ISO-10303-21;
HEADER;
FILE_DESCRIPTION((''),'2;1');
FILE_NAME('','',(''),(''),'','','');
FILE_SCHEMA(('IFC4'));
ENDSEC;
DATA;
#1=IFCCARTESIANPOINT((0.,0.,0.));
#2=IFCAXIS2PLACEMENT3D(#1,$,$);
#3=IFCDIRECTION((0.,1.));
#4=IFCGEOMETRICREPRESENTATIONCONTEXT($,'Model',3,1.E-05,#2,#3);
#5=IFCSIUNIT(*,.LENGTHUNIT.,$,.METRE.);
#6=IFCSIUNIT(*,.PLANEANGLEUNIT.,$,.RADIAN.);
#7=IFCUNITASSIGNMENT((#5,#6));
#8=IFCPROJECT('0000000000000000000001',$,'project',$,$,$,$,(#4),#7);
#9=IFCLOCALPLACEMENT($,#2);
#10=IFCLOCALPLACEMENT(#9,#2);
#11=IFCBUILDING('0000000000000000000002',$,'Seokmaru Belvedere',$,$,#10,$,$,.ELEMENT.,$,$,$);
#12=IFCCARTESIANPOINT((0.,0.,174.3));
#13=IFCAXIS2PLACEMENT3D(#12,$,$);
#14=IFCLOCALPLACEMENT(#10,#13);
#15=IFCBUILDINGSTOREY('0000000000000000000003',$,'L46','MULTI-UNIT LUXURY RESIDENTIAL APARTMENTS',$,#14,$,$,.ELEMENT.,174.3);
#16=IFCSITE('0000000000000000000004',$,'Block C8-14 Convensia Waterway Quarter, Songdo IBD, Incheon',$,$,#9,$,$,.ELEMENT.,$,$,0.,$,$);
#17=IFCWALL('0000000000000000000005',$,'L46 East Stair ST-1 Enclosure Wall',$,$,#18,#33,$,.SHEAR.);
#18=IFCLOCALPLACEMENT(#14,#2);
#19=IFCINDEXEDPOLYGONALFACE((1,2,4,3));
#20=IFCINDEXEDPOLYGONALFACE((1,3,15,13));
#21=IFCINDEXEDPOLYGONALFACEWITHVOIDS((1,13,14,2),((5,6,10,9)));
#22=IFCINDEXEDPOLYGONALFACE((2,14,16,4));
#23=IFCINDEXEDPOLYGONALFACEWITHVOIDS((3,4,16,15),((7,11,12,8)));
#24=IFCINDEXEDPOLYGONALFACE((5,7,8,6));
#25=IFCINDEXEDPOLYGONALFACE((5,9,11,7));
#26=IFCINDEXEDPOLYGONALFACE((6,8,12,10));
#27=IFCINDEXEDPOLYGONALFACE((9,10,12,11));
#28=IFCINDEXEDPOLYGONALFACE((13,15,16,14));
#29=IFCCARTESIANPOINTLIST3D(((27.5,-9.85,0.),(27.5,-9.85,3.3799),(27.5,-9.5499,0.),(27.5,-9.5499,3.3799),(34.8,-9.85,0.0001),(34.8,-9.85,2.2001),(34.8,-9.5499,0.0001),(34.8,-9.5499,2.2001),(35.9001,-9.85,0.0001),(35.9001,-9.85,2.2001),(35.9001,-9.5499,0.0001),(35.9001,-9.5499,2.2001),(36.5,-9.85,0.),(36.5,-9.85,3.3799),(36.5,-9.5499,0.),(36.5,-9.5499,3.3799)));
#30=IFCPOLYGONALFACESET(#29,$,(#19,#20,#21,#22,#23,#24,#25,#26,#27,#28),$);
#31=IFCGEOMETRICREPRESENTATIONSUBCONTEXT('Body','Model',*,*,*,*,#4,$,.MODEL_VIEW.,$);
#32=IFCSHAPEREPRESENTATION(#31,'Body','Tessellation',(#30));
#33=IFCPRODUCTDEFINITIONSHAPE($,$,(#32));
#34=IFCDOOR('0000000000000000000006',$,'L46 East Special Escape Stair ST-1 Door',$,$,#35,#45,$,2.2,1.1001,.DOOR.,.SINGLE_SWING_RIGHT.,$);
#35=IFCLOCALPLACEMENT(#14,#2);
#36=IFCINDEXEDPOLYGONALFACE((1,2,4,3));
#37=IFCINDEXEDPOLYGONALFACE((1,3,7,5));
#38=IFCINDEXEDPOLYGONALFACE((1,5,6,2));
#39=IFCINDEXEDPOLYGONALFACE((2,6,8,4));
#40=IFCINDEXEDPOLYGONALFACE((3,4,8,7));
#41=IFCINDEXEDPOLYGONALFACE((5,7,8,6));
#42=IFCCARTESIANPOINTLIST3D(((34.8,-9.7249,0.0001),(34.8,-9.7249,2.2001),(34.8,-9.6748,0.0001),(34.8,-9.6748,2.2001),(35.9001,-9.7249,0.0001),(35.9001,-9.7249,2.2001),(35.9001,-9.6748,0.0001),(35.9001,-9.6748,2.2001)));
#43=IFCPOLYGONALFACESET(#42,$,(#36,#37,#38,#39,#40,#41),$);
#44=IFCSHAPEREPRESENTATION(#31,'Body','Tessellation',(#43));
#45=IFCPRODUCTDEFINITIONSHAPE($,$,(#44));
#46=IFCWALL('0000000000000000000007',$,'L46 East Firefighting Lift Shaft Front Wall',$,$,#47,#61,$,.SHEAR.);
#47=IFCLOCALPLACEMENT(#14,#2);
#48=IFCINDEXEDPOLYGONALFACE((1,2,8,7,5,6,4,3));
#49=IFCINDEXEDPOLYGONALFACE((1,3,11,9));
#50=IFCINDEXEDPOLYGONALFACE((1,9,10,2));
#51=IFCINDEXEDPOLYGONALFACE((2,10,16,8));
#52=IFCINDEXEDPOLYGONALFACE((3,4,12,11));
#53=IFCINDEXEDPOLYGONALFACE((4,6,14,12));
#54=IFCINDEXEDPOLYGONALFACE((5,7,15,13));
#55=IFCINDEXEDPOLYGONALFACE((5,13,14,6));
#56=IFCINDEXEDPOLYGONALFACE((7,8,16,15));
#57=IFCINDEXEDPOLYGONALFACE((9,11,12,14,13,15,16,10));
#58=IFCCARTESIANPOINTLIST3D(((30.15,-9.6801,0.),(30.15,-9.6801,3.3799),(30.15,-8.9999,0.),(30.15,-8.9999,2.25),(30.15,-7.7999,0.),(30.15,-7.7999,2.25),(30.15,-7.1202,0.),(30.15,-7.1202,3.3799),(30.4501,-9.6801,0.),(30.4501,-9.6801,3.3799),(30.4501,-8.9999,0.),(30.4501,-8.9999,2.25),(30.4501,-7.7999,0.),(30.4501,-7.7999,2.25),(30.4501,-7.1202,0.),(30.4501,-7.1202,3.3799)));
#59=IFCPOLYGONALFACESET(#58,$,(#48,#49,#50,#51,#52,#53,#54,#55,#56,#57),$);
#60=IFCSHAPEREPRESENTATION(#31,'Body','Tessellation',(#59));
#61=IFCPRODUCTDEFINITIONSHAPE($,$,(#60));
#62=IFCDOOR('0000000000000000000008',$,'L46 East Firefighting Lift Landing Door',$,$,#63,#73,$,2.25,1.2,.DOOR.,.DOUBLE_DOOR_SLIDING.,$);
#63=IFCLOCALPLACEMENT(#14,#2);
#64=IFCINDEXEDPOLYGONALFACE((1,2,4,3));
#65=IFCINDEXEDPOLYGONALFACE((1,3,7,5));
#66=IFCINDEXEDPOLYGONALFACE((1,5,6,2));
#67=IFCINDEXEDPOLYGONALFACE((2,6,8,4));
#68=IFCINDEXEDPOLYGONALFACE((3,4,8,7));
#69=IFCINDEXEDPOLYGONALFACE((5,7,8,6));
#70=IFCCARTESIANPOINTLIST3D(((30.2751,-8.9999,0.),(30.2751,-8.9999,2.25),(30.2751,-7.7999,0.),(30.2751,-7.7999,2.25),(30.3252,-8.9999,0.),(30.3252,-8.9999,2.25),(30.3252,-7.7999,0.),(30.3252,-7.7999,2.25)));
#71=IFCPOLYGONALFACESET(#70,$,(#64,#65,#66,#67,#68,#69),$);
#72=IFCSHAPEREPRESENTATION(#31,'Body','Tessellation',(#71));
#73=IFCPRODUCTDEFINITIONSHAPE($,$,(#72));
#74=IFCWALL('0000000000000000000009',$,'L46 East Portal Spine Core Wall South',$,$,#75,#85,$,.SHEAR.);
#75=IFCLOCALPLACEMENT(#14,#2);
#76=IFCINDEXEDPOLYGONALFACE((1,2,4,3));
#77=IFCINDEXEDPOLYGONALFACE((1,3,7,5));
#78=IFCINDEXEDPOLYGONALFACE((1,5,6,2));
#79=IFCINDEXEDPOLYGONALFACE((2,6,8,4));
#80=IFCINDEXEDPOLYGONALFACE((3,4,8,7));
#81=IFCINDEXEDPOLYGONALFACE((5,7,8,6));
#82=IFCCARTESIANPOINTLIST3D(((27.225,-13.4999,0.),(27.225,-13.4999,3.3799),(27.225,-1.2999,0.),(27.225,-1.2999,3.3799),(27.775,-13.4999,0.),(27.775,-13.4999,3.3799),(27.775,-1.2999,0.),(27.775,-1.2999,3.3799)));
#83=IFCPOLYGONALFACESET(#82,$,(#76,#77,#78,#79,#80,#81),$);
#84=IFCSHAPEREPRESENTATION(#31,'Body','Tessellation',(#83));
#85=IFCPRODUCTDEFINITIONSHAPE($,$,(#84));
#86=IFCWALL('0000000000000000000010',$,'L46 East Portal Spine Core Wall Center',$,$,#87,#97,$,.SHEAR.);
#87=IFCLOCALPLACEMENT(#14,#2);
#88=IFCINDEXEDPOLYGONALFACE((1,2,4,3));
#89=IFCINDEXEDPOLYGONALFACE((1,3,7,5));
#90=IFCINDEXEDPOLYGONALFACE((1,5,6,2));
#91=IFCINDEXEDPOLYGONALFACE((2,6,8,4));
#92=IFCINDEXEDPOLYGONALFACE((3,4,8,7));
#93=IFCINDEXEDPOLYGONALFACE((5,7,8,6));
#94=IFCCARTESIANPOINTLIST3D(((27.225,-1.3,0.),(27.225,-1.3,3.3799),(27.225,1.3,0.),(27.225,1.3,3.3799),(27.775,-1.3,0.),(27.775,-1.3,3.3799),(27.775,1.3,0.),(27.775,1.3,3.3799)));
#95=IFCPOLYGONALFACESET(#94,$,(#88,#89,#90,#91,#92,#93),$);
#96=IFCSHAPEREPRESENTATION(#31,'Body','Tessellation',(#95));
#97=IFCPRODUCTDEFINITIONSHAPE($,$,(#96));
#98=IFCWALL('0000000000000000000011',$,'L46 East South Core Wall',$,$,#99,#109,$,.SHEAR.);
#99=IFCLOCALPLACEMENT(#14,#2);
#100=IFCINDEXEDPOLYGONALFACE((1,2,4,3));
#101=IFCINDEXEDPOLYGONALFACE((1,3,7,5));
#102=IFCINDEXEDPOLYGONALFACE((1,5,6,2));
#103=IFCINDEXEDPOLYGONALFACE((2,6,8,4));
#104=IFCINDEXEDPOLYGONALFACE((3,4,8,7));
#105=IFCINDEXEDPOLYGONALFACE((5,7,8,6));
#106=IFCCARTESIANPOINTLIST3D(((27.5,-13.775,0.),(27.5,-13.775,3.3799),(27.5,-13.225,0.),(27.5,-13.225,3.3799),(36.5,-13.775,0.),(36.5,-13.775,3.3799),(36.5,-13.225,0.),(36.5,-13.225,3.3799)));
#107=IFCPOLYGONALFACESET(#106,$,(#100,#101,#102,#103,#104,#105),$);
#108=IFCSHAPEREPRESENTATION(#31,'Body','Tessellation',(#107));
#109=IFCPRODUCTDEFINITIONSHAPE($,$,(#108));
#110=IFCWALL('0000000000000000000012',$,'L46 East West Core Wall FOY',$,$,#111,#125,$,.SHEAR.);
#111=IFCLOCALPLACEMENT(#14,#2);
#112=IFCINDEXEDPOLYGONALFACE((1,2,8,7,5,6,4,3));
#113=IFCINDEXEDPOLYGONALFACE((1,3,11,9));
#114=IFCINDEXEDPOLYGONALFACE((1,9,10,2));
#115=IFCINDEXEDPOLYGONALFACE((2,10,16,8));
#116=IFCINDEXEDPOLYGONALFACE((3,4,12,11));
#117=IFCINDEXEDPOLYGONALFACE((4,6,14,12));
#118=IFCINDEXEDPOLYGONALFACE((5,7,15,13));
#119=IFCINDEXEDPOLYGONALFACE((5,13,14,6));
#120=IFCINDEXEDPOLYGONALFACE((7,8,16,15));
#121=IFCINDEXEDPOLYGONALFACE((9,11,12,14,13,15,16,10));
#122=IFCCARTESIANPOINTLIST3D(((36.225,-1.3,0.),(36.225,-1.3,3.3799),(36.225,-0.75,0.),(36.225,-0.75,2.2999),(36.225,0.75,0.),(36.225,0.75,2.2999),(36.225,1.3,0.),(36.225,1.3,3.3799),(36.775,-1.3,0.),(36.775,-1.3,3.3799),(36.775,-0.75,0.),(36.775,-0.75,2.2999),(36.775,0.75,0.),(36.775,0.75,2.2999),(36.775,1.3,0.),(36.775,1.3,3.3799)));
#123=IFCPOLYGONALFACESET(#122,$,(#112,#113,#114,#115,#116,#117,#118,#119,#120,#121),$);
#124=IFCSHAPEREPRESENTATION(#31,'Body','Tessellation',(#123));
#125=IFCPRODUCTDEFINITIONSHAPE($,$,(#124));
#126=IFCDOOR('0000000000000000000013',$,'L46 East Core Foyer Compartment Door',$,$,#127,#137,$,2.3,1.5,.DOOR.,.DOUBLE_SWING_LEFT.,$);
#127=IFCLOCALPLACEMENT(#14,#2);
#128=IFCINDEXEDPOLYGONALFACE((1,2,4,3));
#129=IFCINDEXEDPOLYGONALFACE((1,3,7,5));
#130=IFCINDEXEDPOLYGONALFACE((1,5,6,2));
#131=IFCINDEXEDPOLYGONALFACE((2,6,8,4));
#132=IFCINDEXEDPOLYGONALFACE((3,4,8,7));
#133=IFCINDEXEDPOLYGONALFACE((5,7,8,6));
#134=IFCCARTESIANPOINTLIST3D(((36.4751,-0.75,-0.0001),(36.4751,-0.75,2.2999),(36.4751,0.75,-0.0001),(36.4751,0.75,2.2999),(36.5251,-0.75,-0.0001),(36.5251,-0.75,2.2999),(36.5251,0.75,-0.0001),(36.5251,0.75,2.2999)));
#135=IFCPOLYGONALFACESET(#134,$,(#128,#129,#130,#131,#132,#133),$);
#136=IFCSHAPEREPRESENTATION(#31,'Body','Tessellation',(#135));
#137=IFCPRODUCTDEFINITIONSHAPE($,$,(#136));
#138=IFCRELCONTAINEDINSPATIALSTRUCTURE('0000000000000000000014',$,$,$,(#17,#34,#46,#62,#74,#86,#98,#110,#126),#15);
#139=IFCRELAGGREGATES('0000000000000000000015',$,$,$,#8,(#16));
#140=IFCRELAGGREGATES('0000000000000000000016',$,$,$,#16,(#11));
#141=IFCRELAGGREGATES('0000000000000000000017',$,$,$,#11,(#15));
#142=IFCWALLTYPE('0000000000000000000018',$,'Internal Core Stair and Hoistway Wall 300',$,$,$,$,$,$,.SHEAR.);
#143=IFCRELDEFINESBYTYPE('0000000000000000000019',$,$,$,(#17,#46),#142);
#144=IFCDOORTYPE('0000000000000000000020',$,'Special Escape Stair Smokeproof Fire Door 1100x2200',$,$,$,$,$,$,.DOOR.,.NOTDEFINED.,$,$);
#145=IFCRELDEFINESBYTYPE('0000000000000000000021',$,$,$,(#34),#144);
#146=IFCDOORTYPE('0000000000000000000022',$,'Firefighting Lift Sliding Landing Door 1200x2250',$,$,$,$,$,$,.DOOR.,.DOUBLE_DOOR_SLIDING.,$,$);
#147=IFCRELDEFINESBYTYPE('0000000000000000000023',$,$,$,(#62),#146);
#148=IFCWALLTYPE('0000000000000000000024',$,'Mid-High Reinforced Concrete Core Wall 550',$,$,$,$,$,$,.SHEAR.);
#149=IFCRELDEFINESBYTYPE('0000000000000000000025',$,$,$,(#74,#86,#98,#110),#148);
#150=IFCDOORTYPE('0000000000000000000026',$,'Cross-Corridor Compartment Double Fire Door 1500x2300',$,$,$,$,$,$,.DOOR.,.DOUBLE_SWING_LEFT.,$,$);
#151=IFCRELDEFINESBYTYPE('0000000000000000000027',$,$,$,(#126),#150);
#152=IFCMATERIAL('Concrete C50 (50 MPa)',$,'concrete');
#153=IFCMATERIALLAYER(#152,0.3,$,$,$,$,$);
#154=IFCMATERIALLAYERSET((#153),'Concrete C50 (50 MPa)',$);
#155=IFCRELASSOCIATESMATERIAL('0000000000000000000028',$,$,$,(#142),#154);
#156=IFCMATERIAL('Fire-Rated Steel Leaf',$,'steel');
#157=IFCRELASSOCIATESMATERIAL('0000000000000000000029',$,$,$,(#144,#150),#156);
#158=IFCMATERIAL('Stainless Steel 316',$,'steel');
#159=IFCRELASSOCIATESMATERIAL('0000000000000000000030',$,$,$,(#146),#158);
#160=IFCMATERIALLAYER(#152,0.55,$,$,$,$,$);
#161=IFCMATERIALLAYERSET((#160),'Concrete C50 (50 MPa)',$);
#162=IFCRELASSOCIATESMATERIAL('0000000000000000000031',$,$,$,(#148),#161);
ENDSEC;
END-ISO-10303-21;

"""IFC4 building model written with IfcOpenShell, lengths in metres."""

from ifc_helpers import new_model, si_unit, direction, frame, frame_2d, origin, place, context, subcontext, project, spatial, rectangle, extrude, source, transform, mapped, material, layer, layer_set, type_object, type_shapes, element, fill, save


model = new_model("IFC4")

# Units and contexts
model_context = context("Model", 3, precision=1e-05, world=origin(), true_north=direction((0.0, 1.0)))
body_context = subcontext(model_context, "Body", "Model", "MODEL_VIEW")
ifc_project = project(units=[si_unit("LENGTHUNIT", "METRE"), si_unit("PLANEANGLEUNIT", "RADIAN")], contexts=[model_context])

# Site, building, storey
site_placement = place(None, origin())
site = spatial("IfcSite", under=ifc_project, at=site_placement, Name="Block C8-14 Convensia Waterway Quarter, Songdo IBD, Incheon", CompositionType="ELEMENT", RefElevation=0.0)
building_placement = place(site_placement, origin())
building = spatial("IfcBuilding", under=site, at=building_placement, Name="Seokmaru Belvedere", CompositionType="ELEMENT")
storey_placement = place(building_placement, frame((0.0, 0.0, 174.3)))
storey = spatial("IfcBuildingStorey", under=building, at=storey_placement, Name="L46", Description="MULTI-UNIT LUXURY RESIDENTIAL APARTMENTS", CompositionType="ELEMENT", Elevation=174.3)

# Shared definitions
ifc_material_1 = material(Name="Fire-Rated Steel Leaf", Category="steel")

# Shared definitions
ifc_material_2 = material(Name="Concrete C50 (50 MPa)", Category="concrete")

# Walls, openings, doors
ifc_layer_1 = layer(ifc_material_2, 0.3)
ifc_layer_set_1 = layer_set([ifc_layer_1], Name="Concrete C50 (50 MPa)")
wall_type_1 = type_object("IfcWallType", Name="Internal Core Stair and Hoistway Wall 300", PredefinedType="SHEAR", material=ifc_layer_set_1)
wall_1_placement = place(storey_placement, frame((27.5, -9.7, 0.0), z_axis=(0.0, 0.0, 1.0), x_axis=(1.0, 0.0, 0.0)))
wall_1 = element("IfcWall", 1, at=wall_1_placement, inside=storey, type_object=wall_type_1, Name="L46 East Stair ST-1 Enclosure Wall", PredefinedType="SHEAR", context=body_context, shape_type="SweptSolid", body=[
    extrude(rectangle(XDim=9.0, YDim=0.3, at=frame_2d((4.5, 0.0))), origin(), (0.0, 0.0, 1.0), 3.3799),
])
opening_1_placement = place(wall_1_placement, frame((7.3, 0.0, 0.0)))
opening_1 = element("IfcOpeningElement", 2, at=opening_1_placement, cuts=wall_1, PredefinedType="OPENING", context=body_context, shape_type="SweptSolid", body=[
    extrude(rectangle(XDim=1.1001, YDim=2.2, at=frame_2d((0.55, 1.1001))), frame((0.0, 0.1602, 0.0), z_axis=(0.0, -1.0, 0.0), x_axis=(1.0, 0.0, 0.0)), (0.0, 0.0, 1.0), 0.3201),
])
door_type_1 = type_object("IfcDoorType", Name="Special Escape Stair Smokeproof Fire Door 1100x2200", OperationType="NOTDEFINED", PredefinedType="DOOR", material=ifc_material_1)
shared_shape_1 = source(origin(), body_context, "Body", "SweptSolid", [
    extrude(rectangle(XDim=1.1001, YDim=2.2, at=frame_2d((0.55, 1.1001))), frame((0.0, 0.0249, 0.0), z_axis=(0.0, -1.0, 0.0), x_axis=(1.0, 0.0, 0.0)), (0.0, 0.0, 1.0), 0.05),
])
type_shapes(door_type_1, [shared_shape_1])
door_1_placement = place(opening_1_placement, frame((1.1001, 0.0, 0.0), z_axis=(0.0, 0.0, 1.0), x_axis=(-1.0, 0.0, 0.0)))
door_1 = element("IfcDoor", 3, at=door_1_placement, inside=storey, type_object=door_type_1, Name="L46 East Special Escape Stair ST-1 Door", OperationType="SINGLE_SWING_RIGHT", OverallHeight=2.2, OverallWidth=1.1001, PredefinedType="DOOR", context=body_context, shape_type="MappedRepresentation", body=[
    mapped(shared_shape_1, transform((0.0, 0.0, 0.0), scale=1.0)),
])
fill(opening_1, door_1)
wall_2_placement = place(storey_placement, frame((30.3, -9.6799, 0.0), z_axis=(0.0, 0.0, 1.0), x_axis=(0.0, 1.0, 0.0)))
wall_2 = element("IfcWall", 4, at=wall_2_placement, inside=storey, type_object=wall_type_1, Name="L46 East Firefighting Lift Shaft Front Wall", PredefinedType="SHEAR", context=body_context, shape_type="SweptSolid", body=[
    extrude(rectangle(XDim=2.5598, YDim=0.3, at=frame_2d((1.2798, 0.0))), origin(), (0.0, 0.0, 1.0), 3.3799),
])
opening_2_placement = place(wall_2_placement, frame((0.6799, 0.0, 0.0)))
opening_2 = element("IfcOpeningElement", 5, at=opening_2_placement, cuts=wall_2, PredefinedType="OPENING", context=body_context, shape_type="SweptSolid", body=[
    extrude(rectangle(XDim=1.2, YDim=2.25, at=frame_2d((0.6001, 1.125))), frame((0.0, 0.1602, 0.0), z_axis=(0.0, -1.0, 0.0), x_axis=(1.0, 0.0, 0.0)), (0.0, 0.0, 1.0), 0.3201),
])
ifc_material_3 = material(Name="Stainless Steel 316", Category="steel")
door_type_2 = type_object("IfcDoorType", Name="Firefighting Lift Sliding Landing Door 1200x2250", OperationType="DOUBLE_DOOR_SLIDING", PredefinedType="DOOR", material=ifc_material_3)
shared_shape_2 = source(origin(), body_context, "Body", "SweptSolid", [
    extrude(rectangle(XDim=1.2, YDim=2.25, at=frame_2d((0.6001, 1.125))), frame((0.0, 0.0249, 0.0), z_axis=(0.0, -1.0, 0.0), x_axis=(1.0, 0.0, 0.0)), (0.0, 0.0, 1.0), 0.05),
])
type_shapes(door_type_2, [shared_shape_2])
door_2_placement = place(opening_2_placement, origin())
door_2 = element("IfcDoor", 6, at=door_2_placement, inside=storey, type_object=door_type_2, Name="L46 East Firefighting Lift Landing Door", OperationType="DOUBLE_DOOR_SLIDING", OverallHeight=2.25, OverallWidth=1.2, PredefinedType="DOOR", context=body_context, shape_type="MappedRepresentation", body=[
    mapped(shared_shape_2, transform((0.0, 0.0, 0.0), scale=1.0)),
])
fill(opening_2, door_2)

# Walls
ifc_layer_2 = layer(ifc_material_2, 0.55)
ifc_layer_set_2 = layer_set([ifc_layer_2], Name="Concrete C50 (50 MPa)")
wall_type_2 = type_object("IfcWallType", Name="Mid-High Reinforced Concrete Core Wall 550", PredefinedType="SHEAR", material=ifc_layer_set_2)
wall_3_placement = place(storey_placement, frame((27.5, -13.5, 0.0), z_axis=(0.0, 0.0, 1.0), x_axis=(0.0, 1.0, 0.0)))
element("IfcWall", 7, at=wall_3_placement, inside=storey, type_object=wall_type_2, Name="L46 East Portal Spine Core Wall South", PredefinedType="SHEAR", context=body_context, shape_type="SweptSolid", body=[
    extrude(rectangle(XDim=12.2, YDim=0.55, at=frame_2d((6.1001, 0.0))), origin(), (0.0, 0.0, 1.0), 3.3799),
])
wall_4_placement = place(storey_placement, frame((27.5, -1.3, 0.0), z_axis=(0.0, 0.0, 1.0), x_axis=(0.0, 1.0, 0.0)))
element("IfcWall", 8, at=wall_4_placement, inside=storey, type_object=wall_type_2, Name="L46 East Portal Spine Core Wall Center", PredefinedType="SHEAR", context=body_context, shape_type="SweptSolid", body=[
    extrude(rectangle(XDim=2.6001, YDim=0.55, at=frame_2d((1.3, 0.0))), origin(), (0.0, 0.0, 1.0), 3.3799),
])
wall_5_placement = place(storey_placement, frame((27.5, -13.5, 0.0), z_axis=(0.0, 0.0, 1.0), x_axis=(1.0, 0.0, 0.0)))
element("IfcWall", 9, at=wall_5_placement, inside=storey, type_object=wall_type_2, Name="L46 East South Core Wall", PredefinedType="SHEAR", context=body_context, shape_type="SweptSolid", body=[
    extrude(rectangle(XDim=9.0, YDim=0.55, at=frame_2d((4.5, 0.0))), origin(), (0.0, 0.0, 1.0), 3.3799),
])

# Wall, opening, door
wall_6_placement = place(storey_placement, frame((36.5, -1.3, 0.0), z_axis=(0.0, 0.0, 1.0), x_axis=(0.0, 1.0, 0.0)))
wall_6 = element("IfcWall", 10, at=wall_6_placement, inside=storey, type_object=wall_type_2, Name="L46 East West Core Wall FOY", PredefinedType="SHEAR", context=body_context, shape_type="SweptSolid", body=[
    extrude(rectangle(XDim=2.6001, YDim=0.55, at=frame_2d((1.3, 0.0))), origin(), (0.0, 0.0, 1.0), 3.3799),
])
opening_3_placement = place(wall_6_placement, frame((0.55, 0.0, 0.0)))
opening_3 = element("IfcOpeningElement", 11, at=opening_3_placement, cuts=wall_6, PredefinedType="OPENING", context=body_context, shape_type="SweptSolid", body=[
    extrude(rectangle(XDim=1.5, YDim=2.3, at=frame_2d((0.75, 1.1499))), frame((0.0, 0.2852, 0.0), z_axis=(0.0, -1.0, 0.0), x_axis=(1.0, 0.0, 0.0)), (0.0, 0.0, 1.0), 0.5701),
])
door_type_3 = type_object("IfcDoorType", Name="Cross-Corridor Compartment Double Fire Door 1500x2300", OperationType="DOUBLE_SWING_LEFT", PredefinedType="DOOR", material=ifc_material_1)
shared_shape_3 = source(origin(), body_context, "Body", "SweptSolid", [
    extrude(rectangle(XDim=1.5, YDim=2.3, at=frame_2d((0.75, 1.1499))), frame((0.0, 0.0249, 0.0), z_axis=(0.0, -1.0, 0.0), x_axis=(1.0, 0.0, 0.0)), (0.0, 0.0, 1.0), 0.05),
])
type_shapes(door_type_3, [shared_shape_3])
door_3_placement = place(opening_3_placement, origin())
door_3 = element("IfcDoor", 12, at=door_3_placement, inside=storey, type_object=door_type_3, Name="L46 East Core Foyer Compartment Door", OperationType="DOUBLE_SWING_LEFT", OverallHeight=2.3, OverallWidth=1.5, PredefinedType="DOOR", context=body_context, shape_type="MappedRepresentation", body=[
    mapped(shared_shape_3, transform((0.0, 0.0, 0.0), scale=1.0)),
])
fill(opening_3, door_3)

save(model, "model.ifc")
